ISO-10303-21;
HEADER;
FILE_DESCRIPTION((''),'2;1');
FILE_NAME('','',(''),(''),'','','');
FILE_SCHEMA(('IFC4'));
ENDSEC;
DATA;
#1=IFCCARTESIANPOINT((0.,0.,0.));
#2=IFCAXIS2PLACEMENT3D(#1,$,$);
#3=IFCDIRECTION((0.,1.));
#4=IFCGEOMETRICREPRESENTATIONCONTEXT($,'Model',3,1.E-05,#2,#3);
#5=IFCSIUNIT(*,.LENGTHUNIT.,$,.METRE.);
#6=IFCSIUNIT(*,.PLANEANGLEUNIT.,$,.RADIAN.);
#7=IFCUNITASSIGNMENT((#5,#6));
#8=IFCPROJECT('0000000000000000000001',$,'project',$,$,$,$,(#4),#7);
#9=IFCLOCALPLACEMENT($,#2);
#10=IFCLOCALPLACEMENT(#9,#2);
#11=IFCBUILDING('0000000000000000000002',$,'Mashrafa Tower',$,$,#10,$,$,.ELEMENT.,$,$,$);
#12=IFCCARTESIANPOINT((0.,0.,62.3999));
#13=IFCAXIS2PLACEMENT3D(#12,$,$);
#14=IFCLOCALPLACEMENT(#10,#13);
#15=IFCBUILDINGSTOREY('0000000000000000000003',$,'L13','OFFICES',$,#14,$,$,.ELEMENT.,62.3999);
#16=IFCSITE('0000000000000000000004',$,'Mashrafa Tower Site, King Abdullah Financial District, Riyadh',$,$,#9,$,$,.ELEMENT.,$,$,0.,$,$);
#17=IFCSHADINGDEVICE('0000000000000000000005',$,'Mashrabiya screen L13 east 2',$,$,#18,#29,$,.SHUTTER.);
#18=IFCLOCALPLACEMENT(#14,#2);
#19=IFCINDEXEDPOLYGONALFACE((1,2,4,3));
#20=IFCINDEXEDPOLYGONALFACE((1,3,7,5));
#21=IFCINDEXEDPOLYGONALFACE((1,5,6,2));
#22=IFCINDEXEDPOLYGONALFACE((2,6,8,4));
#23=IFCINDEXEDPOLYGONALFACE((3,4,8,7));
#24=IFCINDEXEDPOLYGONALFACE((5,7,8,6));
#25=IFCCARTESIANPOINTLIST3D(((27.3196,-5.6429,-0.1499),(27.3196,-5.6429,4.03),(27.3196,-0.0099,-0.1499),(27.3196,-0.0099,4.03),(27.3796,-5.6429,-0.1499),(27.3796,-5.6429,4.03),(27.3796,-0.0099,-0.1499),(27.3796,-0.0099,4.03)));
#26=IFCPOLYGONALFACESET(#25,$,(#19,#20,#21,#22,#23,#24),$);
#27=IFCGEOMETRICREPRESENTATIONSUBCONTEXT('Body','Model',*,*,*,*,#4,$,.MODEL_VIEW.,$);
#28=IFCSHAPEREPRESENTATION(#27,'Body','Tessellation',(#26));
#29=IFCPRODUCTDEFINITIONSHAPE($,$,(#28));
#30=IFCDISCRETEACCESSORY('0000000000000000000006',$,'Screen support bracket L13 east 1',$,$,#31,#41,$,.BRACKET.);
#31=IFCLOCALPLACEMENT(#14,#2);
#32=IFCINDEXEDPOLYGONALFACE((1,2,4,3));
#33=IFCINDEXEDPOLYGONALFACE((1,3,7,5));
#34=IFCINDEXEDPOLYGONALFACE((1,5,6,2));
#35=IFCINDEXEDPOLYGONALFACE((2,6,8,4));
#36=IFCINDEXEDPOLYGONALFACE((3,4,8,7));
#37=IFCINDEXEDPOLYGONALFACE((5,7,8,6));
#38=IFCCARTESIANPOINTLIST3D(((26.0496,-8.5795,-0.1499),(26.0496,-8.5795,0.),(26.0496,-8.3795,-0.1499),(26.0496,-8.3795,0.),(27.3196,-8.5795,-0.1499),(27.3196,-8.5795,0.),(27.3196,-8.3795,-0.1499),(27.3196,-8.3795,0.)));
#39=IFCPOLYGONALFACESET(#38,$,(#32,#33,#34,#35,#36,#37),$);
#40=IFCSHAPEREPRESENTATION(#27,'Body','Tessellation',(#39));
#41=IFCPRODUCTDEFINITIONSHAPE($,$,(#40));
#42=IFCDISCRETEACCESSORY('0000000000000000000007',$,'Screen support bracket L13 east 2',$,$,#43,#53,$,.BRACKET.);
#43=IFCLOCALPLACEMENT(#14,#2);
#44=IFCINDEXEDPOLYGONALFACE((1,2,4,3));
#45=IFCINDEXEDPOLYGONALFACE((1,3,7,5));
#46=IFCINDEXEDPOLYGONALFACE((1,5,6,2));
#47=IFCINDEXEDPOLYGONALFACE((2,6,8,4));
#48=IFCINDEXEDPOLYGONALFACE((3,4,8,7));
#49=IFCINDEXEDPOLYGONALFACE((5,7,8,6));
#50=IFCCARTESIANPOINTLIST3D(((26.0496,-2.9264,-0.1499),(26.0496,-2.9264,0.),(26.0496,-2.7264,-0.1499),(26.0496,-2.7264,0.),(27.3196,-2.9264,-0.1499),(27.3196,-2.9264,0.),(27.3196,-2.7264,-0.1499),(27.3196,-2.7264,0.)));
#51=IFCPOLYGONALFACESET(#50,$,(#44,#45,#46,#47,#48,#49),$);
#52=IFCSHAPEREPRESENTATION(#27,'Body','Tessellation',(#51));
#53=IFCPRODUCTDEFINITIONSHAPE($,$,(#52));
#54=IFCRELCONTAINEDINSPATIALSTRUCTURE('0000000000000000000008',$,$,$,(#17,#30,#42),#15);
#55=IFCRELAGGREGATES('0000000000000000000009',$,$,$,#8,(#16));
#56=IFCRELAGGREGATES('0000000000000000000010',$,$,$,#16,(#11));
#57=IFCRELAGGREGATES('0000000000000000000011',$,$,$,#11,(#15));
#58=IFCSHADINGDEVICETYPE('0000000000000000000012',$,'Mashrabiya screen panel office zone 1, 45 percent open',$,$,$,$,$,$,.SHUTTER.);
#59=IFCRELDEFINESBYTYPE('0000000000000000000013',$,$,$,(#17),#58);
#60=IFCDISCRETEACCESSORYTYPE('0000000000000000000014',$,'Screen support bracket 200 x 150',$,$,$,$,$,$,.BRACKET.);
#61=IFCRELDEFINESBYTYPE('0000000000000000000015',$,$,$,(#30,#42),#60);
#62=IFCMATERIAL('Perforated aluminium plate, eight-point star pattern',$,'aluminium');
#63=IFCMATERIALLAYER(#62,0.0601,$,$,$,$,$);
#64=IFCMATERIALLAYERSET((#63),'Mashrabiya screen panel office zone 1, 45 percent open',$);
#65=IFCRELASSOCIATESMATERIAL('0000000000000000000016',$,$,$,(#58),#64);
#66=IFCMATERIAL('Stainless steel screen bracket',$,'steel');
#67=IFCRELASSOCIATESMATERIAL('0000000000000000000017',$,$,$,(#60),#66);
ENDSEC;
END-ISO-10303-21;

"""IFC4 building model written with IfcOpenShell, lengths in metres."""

from ifc_helpers import new_model, si_unit, direction, frame, origin, origin_2d, place, context, subcontext, project, spatial, rectangle, extrude, source, transform, mapped, material, layer, layer_set, type_object, type_shapes, element, save


model = new_model("IFC4")

# Units and contexts
model_context = context("Model", 3, precision=1e-05, world=origin(), true_north=direction((0.0, 1.0)))
body_context = subcontext(model_context, "Body", "Model", "MODEL_VIEW")
ifc_project = project(units=[si_unit("LENGTHUNIT", "METRE"), si_unit("PLANEANGLEUNIT", "RADIAN")], contexts=[model_context])

# Site, building, storey
site_placement = place(None, origin())
site = spatial("IfcSite", under=ifc_project, at=site_placement, Name="Mashrafa Tower Site, King Abdullah Financial District, Riyadh", CompositionType="ELEMENT", RefElevation=0.0)
building_placement = place(site_placement, origin())
building = spatial("IfcBuilding", under=site, at=building_placement, Name="Mashrafa Tower", CompositionType="ELEMENT")
storey_placement = place(building_placement, frame((0.0, 0.0, 62.3999)))
storey = spatial("IfcBuildingStorey", under=building, at=storey_placement, Name="L13", Description="OFFICES", CompositionType="ELEMENT", Elevation=62.3999)

# Shading device
ifc_material_1 = material(Name="Perforated aluminium plate, eight-point star pattern", Category="aluminium")
ifc_layer_1 = layer(ifc_material_1, 0.0601)
ifc_layer_set_1 = layer_set([ifc_layer_1], Name="Mashrabiya screen panel office zone 1, 45 percent open")
shading_device_type = type_object("IfcShadingDeviceType", Name="Mashrabiya screen panel office zone 1, 45 percent open", PredefinedType="SHUTTER", material=ifc_layer_set_1)
shared_shape_1 = source(origin(), body_context, "Body", "SweptSolid", [
    extrude(rectangle(XDim=5.6331, YDim=0.0601, at=origin_2d()), origin(), (0.0, 0.0, 1.0), 4.1799),
])
type_shapes(shading_device_type, [shared_shape_1])
for number, where, z_axis, x_axis, name in (
    (1, (27.3496, -2.8264, -0.1499), (0.0, 0.0, 1.0), (0.0, 1.0, 0.0), "Mashrabiya screen L13 east 2"),
):
    element("IfcShadingDevice", number, at=place(storey_placement, frame(where, z_axis=z_axis, x_axis=x_axis)), inside=storey, type_object=shading_device_type, Name=name, PredefinedType="SHUTTER", context=body_context, shape_type="MappedRepresentation", body=[
        mapped(shared_shape_1, transform((0.0, 0.0, 0.0))),
    ])

# Discrete accessories
ifc_material_2 = material(Name="Stainless steel screen bracket", Category="steel")
discrete_accessory_type = type_object("IfcDiscreteAccessoryType", Name="Screen support bracket 200 x 150", PredefinedType="BRACKET", material=ifc_material_2)
shared_shape_2 = source(origin(), body_context, "Body", "SweptSolid", [
    extrude(rectangle(XDim=0.2, YDim=1.27, at=origin_2d()), origin(), (0.0, 0.0, 1.0), 0.1499),
])
type_shapes(discrete_accessory_type, [shared_shape_2])
for number, where, z_axis, x_axis, name in (
    (2, (26.6846, -8.4795, -0.1499), (0.0, 0.0, 1.0), (0.0, 1.0, 0.0), "Screen support bracket L13 east 1"),
    (3, (26.6846, -2.8264, -0.1499), (0.0, 0.0, 1.0), (0.0, 1.0, 0.0), "Screen support bracket L13 east 2"),
):
    element("IfcDiscreteAccessory", number, at=place(storey_placement, frame(where, z_axis=z_axis, x_axis=x_axis)), inside=storey, type_object=discrete_accessory_type, Name=name, PredefinedType="BRACKET", context=body_context, shape_type="MappedRepresentation", body=[
        mapped(shared_shape_2, transform((0.0, 0.0, 0.0))),
    ])

save(model, "model.ifc")
